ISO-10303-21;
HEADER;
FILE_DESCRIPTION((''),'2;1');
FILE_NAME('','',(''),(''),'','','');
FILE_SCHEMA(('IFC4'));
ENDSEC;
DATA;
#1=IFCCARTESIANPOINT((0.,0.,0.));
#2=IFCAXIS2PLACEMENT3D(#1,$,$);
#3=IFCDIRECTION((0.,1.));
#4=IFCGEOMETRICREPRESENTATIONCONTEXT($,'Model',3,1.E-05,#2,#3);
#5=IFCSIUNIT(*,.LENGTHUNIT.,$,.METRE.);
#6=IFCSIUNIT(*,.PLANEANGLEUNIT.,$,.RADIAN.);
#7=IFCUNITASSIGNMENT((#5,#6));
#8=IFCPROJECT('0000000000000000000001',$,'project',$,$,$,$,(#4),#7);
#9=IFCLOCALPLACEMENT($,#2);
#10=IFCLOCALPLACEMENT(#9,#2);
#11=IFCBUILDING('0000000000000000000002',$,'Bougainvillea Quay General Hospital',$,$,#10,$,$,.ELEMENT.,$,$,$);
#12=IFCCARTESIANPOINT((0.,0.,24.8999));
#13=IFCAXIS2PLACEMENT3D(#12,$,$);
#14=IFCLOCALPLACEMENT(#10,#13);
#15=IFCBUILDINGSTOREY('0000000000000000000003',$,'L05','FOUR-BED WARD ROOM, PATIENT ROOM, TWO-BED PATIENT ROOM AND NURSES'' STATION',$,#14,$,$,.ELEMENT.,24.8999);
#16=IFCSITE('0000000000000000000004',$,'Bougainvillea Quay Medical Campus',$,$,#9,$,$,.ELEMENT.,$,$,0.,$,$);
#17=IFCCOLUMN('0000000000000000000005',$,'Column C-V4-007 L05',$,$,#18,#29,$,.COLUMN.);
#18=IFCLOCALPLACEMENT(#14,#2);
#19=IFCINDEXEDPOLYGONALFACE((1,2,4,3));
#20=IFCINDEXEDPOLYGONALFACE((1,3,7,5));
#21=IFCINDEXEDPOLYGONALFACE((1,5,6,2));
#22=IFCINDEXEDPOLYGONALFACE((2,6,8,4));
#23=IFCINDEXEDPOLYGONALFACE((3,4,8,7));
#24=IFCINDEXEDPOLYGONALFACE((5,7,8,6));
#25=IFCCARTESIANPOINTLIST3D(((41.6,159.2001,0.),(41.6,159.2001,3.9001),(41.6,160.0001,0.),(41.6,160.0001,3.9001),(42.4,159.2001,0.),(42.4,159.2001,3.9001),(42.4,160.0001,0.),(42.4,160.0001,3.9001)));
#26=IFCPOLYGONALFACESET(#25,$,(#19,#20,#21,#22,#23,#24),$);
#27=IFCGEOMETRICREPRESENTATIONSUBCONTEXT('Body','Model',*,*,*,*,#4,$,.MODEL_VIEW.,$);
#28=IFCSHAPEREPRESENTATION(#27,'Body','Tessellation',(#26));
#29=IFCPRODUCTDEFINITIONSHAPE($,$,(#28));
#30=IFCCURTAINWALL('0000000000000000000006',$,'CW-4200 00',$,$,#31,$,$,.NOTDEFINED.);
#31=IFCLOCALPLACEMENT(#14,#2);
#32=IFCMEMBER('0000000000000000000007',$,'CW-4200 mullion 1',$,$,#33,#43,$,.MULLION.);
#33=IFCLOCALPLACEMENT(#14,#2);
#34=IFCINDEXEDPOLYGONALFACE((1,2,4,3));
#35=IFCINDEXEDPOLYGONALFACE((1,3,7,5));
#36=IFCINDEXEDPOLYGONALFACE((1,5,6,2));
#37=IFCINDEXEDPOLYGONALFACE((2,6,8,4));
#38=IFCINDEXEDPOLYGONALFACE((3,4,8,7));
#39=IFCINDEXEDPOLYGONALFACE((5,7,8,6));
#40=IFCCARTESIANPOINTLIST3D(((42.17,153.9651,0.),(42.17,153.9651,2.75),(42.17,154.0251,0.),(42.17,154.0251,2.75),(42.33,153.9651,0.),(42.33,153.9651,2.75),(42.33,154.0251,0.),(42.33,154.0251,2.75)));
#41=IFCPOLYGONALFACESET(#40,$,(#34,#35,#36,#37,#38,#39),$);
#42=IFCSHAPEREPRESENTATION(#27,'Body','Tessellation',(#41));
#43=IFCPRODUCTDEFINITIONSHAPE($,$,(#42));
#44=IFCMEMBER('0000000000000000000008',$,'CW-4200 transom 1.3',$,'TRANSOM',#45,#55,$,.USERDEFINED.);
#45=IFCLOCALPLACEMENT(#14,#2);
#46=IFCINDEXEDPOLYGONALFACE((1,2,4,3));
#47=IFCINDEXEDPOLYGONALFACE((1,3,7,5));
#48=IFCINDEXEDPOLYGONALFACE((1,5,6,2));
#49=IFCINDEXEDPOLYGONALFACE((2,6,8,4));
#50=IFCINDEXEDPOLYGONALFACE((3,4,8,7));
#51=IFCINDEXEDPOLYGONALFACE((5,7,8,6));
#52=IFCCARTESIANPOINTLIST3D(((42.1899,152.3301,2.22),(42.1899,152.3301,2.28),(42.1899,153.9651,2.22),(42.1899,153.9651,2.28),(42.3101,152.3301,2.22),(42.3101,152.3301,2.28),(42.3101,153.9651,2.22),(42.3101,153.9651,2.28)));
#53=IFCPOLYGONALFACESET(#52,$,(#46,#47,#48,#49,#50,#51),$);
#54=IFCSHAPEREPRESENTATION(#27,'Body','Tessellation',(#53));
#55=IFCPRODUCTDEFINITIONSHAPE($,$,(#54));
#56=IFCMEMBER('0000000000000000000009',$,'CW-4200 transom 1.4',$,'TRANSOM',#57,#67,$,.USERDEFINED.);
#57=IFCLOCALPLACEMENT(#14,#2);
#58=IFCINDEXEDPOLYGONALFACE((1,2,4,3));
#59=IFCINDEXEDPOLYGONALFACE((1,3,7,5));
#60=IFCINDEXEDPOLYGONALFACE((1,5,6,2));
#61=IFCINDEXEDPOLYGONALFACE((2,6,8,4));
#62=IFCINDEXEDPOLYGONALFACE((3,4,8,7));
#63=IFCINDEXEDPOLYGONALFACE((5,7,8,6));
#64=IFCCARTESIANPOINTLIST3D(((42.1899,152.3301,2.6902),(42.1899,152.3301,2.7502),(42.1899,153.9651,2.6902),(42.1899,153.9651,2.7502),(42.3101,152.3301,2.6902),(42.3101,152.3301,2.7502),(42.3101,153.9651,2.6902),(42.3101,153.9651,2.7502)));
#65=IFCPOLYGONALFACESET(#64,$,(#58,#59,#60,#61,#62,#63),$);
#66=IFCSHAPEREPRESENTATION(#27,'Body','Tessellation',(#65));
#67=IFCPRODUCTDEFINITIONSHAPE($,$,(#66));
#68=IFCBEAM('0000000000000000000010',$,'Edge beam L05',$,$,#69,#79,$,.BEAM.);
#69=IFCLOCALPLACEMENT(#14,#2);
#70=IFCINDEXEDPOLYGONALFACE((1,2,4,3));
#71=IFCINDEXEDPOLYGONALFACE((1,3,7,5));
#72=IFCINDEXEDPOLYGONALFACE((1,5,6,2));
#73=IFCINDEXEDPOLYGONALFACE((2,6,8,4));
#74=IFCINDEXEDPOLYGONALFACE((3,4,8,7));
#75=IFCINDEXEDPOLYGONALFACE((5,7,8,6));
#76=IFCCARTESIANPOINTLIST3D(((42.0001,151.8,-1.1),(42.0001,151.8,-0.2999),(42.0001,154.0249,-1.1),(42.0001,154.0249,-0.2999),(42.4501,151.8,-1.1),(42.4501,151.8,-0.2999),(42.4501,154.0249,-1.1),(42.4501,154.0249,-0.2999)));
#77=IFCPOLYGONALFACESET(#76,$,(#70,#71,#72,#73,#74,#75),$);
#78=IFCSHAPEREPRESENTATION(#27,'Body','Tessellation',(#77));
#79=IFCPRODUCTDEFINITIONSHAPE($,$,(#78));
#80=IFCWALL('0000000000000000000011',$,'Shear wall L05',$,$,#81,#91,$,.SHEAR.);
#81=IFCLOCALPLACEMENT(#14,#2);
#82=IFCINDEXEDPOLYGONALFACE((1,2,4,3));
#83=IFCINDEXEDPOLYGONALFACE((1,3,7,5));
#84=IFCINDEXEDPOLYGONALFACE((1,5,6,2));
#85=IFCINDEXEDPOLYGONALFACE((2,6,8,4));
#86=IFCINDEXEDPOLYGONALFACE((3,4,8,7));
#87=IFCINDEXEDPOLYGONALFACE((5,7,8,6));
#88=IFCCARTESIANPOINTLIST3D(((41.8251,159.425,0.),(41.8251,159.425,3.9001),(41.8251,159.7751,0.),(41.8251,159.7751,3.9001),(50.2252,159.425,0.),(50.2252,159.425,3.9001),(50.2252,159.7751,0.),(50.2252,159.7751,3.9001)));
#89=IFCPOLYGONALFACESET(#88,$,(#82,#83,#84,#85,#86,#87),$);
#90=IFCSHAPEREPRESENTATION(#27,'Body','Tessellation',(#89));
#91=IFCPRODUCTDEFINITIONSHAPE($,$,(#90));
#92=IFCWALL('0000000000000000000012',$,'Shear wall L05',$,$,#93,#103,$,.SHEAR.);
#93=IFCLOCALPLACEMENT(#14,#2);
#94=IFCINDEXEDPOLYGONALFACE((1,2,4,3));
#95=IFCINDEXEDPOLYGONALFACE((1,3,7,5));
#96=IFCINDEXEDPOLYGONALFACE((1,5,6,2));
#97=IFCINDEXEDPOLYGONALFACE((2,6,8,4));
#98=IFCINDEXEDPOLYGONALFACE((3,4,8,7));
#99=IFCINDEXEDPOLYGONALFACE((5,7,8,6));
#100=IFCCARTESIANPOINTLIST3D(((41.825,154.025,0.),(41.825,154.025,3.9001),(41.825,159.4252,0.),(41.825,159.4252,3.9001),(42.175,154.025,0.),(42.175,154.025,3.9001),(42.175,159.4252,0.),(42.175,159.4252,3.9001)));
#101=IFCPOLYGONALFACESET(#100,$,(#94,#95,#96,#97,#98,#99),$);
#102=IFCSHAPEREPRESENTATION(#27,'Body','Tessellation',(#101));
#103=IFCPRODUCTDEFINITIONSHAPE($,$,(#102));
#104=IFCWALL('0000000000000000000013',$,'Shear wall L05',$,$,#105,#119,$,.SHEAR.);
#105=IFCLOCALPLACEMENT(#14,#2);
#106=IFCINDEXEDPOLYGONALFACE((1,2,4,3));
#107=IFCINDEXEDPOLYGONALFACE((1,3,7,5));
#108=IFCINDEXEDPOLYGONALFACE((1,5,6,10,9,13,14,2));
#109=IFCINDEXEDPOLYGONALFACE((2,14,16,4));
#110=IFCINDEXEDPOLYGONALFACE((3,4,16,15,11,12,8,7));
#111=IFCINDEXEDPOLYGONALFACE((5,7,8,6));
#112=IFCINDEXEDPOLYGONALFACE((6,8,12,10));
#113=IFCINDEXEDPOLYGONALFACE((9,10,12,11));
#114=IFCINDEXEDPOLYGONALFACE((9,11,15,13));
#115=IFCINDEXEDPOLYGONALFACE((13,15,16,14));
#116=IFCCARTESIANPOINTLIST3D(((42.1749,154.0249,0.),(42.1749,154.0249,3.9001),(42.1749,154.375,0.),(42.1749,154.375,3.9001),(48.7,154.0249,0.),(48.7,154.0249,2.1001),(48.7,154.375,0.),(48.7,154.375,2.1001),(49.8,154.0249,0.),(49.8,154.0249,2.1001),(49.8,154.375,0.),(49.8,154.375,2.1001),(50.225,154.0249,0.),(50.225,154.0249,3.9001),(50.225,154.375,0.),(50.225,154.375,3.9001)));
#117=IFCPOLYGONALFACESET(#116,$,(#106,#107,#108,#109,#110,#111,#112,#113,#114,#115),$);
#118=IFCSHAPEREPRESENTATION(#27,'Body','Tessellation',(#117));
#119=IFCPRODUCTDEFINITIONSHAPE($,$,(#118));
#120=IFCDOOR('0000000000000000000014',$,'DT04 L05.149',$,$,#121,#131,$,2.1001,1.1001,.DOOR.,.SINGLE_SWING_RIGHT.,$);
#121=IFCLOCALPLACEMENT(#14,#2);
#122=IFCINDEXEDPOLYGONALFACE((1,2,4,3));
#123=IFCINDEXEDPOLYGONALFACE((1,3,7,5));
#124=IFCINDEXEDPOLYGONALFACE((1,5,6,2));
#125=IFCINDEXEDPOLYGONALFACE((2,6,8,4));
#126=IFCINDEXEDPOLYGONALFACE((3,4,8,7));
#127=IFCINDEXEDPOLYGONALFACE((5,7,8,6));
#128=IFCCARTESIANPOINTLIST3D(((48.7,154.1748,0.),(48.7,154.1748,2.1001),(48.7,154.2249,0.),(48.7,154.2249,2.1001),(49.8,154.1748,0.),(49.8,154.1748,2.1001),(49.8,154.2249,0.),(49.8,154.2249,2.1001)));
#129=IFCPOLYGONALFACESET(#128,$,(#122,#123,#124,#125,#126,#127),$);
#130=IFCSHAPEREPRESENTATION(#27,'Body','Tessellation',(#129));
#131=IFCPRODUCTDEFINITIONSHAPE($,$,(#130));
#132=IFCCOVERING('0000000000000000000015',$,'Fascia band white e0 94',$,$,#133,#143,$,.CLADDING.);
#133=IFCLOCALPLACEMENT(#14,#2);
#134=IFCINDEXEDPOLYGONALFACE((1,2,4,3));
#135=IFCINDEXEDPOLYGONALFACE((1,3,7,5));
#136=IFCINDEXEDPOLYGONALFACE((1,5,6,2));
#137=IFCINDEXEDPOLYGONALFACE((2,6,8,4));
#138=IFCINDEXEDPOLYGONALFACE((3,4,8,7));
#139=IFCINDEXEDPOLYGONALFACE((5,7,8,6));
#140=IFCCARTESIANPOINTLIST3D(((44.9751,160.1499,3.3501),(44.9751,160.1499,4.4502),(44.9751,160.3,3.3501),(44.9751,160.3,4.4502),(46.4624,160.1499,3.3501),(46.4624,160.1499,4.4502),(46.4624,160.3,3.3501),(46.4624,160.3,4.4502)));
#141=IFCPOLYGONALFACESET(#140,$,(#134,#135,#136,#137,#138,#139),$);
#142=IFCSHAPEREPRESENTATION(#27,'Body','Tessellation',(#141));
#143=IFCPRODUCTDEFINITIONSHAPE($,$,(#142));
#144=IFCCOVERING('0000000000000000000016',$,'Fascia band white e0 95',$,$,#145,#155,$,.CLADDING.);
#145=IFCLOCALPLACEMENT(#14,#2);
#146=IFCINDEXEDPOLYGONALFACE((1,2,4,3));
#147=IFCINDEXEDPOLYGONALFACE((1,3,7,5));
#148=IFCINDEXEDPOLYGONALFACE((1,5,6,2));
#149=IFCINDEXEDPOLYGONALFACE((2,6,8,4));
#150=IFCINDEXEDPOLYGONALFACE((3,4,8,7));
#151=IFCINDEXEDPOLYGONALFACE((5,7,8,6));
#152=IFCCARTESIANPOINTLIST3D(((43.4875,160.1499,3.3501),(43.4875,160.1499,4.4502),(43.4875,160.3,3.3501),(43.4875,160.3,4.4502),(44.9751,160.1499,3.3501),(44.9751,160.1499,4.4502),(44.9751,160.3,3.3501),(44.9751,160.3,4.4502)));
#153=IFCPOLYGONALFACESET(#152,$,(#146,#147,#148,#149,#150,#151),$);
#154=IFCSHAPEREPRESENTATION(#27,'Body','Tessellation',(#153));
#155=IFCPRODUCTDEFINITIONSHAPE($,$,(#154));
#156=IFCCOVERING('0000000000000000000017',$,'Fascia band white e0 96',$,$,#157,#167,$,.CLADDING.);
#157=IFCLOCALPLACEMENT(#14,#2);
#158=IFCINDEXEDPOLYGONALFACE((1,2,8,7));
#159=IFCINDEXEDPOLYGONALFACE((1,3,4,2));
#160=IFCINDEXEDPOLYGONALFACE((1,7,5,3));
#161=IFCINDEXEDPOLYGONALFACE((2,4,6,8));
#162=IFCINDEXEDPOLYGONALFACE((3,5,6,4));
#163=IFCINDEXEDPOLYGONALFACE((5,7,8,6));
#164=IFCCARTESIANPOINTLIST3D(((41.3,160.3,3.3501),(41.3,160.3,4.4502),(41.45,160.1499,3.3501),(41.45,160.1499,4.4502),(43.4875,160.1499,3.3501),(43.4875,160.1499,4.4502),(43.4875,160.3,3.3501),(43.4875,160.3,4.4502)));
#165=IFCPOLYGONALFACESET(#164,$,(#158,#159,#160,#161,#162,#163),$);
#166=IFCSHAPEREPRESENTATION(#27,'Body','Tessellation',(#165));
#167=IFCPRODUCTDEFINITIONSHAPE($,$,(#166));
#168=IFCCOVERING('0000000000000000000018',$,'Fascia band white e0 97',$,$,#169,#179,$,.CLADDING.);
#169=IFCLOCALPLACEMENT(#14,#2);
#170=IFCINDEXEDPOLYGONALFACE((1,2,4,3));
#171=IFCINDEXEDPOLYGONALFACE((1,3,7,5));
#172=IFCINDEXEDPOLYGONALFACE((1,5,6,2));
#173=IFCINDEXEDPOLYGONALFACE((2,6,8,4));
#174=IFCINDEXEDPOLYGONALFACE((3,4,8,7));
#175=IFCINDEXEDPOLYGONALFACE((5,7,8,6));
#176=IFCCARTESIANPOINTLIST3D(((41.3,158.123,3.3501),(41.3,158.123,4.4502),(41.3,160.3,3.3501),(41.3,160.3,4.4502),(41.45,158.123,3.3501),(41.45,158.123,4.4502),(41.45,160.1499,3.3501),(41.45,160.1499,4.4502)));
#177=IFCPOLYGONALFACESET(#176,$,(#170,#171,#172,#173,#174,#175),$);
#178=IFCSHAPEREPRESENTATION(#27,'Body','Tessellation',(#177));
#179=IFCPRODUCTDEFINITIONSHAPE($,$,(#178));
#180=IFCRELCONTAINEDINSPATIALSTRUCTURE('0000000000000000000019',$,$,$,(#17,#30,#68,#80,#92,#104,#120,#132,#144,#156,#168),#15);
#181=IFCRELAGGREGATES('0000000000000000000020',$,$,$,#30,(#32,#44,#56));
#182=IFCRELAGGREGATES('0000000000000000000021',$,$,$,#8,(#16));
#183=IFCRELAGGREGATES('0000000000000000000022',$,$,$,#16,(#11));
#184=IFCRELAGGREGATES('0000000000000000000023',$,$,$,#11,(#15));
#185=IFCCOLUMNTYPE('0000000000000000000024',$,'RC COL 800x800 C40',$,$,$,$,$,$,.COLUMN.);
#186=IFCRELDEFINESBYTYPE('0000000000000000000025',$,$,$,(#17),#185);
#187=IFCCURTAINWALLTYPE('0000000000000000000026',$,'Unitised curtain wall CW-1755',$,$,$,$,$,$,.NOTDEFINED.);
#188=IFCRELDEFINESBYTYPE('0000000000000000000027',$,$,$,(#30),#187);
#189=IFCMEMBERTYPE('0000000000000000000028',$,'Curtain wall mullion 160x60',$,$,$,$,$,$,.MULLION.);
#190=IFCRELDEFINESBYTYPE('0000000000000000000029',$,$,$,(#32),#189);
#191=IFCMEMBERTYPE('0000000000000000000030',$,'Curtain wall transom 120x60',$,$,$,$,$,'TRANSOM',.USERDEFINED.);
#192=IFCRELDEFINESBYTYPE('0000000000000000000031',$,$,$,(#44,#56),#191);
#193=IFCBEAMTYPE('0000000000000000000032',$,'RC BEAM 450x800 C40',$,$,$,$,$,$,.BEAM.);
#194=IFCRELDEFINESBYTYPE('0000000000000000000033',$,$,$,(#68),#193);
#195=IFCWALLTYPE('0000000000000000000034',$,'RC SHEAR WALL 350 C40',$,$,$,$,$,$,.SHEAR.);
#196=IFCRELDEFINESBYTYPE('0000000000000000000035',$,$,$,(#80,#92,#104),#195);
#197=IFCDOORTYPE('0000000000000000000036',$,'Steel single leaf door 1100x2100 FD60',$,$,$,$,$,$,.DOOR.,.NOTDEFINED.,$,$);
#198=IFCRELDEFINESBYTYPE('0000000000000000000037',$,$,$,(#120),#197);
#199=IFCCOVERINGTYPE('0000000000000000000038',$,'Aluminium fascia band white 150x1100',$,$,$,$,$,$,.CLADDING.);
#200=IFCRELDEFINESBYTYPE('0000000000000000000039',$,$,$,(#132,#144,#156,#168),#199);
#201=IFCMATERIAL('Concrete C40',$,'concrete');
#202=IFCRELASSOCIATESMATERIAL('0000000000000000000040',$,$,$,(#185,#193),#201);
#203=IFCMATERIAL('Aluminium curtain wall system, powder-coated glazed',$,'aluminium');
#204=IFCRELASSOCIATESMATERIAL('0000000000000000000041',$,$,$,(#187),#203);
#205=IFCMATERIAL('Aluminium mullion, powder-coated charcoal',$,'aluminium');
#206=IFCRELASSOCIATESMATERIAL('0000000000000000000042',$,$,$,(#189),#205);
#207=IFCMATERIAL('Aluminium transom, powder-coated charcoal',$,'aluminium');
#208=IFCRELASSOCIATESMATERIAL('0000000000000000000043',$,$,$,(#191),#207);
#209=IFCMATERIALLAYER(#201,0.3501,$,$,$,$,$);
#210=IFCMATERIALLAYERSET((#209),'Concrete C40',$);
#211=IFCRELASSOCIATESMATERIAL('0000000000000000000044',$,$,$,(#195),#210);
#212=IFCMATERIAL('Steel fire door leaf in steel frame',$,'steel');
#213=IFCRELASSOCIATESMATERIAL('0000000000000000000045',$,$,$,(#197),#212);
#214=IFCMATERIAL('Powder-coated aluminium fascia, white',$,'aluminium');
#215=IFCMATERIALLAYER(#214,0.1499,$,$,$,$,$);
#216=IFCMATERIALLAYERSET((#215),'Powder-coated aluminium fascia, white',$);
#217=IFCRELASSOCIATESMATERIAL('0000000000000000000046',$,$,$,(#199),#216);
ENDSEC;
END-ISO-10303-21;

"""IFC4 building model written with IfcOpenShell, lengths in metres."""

from ifc_helpers import new_model, si_unit, direction, frame, frame_2d, origin, origin_2d, place, context, subcontext, project, spatial, polyline, rectangle, outline, extrude, material, layer, layer_set, material_profile, profile_set, type_object, element, fill, aggregate, save


model = new_model("IFC4")

# Units and contexts
model_context = context("Model", 3, precision=1e-05, world=origin(), true_north=direction((0.0, 1.0)))
body_context = subcontext(model_context, "Body", "Model", "MODEL_VIEW")
ifc_project = project(units=[si_unit("LENGTHUNIT", "METRE"), si_unit("PLANEANGLEUNIT", "RADIAN")], contexts=[model_context])

# Site, building, storey
site_placement = place(None, origin())
site = spatial("IfcSite", under=ifc_project, at=site_placement, Name="Bougainvillea Quay Medical Campus", CompositionType="ELEMENT", RefElevation=0.0)
building_placement = place(site_placement, origin())
building = spatial("IfcBuilding", under=site, at=building_placement, Name="Bougainvillea Quay General Hospital", CompositionType="ELEMENT")
storey_placement = place(building_placement, frame((0.0, 0.0, 24.8999)))
storey = spatial("IfcBuildingStorey", under=building, at=storey_placement, Name="L05", Description="FOUR-BED WARD ROOM, PATIENT ROOM, TWO-BED PATIENT ROOM AND NURSES' STATION", CompositionType="ELEMENT", Elevation=24.8999)

# Column
ifc_material_1 = material(Name="Concrete C40", Category="concrete")
ifc_material_profile_1 = material_profile(ifc_material_1, rectangle(XDim=0.8, YDim=0.8, at=origin_2d()))
ifc_profile_set_1 = profile_set([ifc_material_profile_1], Name="Concrete C40")
column_type = type_object("IfcColumnType", Name="RC COL 800x800 C40", PredefinedType="COLUMN", material=ifc_profile_set_1)
column_placement = place(storey_placement, frame((42.0, 159.6001, 0.0), z_axis=(0.0, 0.0, 1.0), x_axis=(1.0, 0.0, 0.0)))
element("IfcColumn", 1, at=column_placement, inside=storey, type_object=column_type, Name="Column C-V4-007 L05", PredefinedType="COLUMN", context=body_context, shape_type="SweptSolid", body=[
    extrude(rectangle(XDim=0.8, YDim=0.8, at=origin_2d()), origin(), (0.0, 0.0, 1.0), 3.9001),
])

# Curtain wall, members
ifc_material_2 = material(Name="Aluminium curtain wall system, powder-coated glazed", Category="aluminium")
curtain_wall_type = type_object("IfcCurtainWallType", Name="Unitised curtain wall CW-1755", PredefinedType="NOTDEFINED", material=ifc_material_2)
curtain_wall_placement = place(storey_placement, origin())
curtain_wall = element("IfcCurtainWall", 2, at=curtain_wall_placement, inside=storey, type_object=curtain_wall_type, Name="CW-4200 00", PredefinedType="NOTDEFINED")
ifc_material_3 = material(Name="Aluminium mullion, powder-coated charcoal", Category="aluminium")
ifc_material_profile_2 = material_profile(ifc_material_3, rectangle(XDim=0.1599, YDim=0.0601, at=origin_2d()))
ifc_profile_set_2 = profile_set([ifc_material_profile_2], Name="Aluminium mullion, powder-coated charcoal")
member_type_1 = type_object("IfcMemberType", Name="Curtain wall mullion 160x60", PredefinedType="MULLION", material=ifc_profile_set_2)
member_1_placement = place(storey_placement, frame((42.25, 153.9951, 0.0), z_axis=(0.0, 0.0, 1.0), x_axis=(1.0, 0.0, 0.0)))
member_1 = element("IfcMember", 3, at=member_1_placement, type_object=member_type_1, Name="CW-4200 mullion 1", PredefinedType="MULLION", context=body_context, shape_type="SweptSolid", body=[
    extrude(rectangle(XDim=0.1599, YDim=0.0601, at=origin_2d()), origin(), (0.0, 0.0, 1.0), 2.75),
])
ifc_material_4 = material(Name="Aluminium transom, powder-coated charcoal", Category="aluminium")
ifc_material_profile_3 = material_profile(ifc_material_4, rectangle(XDim=0.1201, YDim=0.0601, at=origin_2d()))
ifc_profile_set_3 = profile_set([ifc_material_profile_3], Name="Aluminium transom, powder-coated charcoal")
member_type_2 = type_object("IfcMemberType", Name="Curtain wall transom 120x60", ElementType="TRANSOM", PredefinedType="USERDEFINED", material=ifc_profile_set_3)
member_2_placement = place(storey_placement, frame((42.25, 153.9651, 2.25), z_axis=(0.0, -1.0, 0.0), x_axis=(1.0, 0.0, 0.0)))
member_2 = element("IfcMember", 4, at=member_2_placement, type_object=member_type_2, Name="CW-4200 transom 1.3", ObjectType="TRANSOM", PredefinedType="USERDEFINED", context=body_context, shape_type="SweptSolid", body=[
    extrude(rectangle(XDim=0.1201, YDim=0.0601, at=origin_2d()), origin(), (0.0, 0.0, 1.0), 1.635),
])
member_3_placement = place(storey_placement, frame((42.25, 153.9651, 2.7202), z_axis=(0.0, -1.0, 0.0), x_axis=(1.0, 0.0, 0.0)))
member_3 = element("IfcMember", 5, at=member_3_placement, type_object=member_type_2, Name="CW-4200 transom 1.4", ObjectType="TRANSOM", PredefinedType="USERDEFINED", context=body_context, shape_type="SweptSolid", body=[
    extrude(rectangle(XDim=0.1201, YDim=0.0601, at=origin_2d()), origin(), (0.0, 0.0, 1.0), 1.635),
])
aggregate(curtain_wall, [member_1, member_2, member_3])

# Beam
ifc_material_profile_4 = material_profile(ifc_material_1, rectangle(XDim=0.45, YDim=0.8, at=origin_2d()))
ifc_profile_set_4 = profile_set([ifc_material_profile_4], Name="Concrete C40")
beam_type = type_object("IfcBeamType", Name="RC BEAM 450x800 C40", PredefinedType="BEAM", material=ifc_profile_set_4)
beam_placement = place(storey_placement, frame((42.2251, 154.0249, -0.7), z_axis=(0.0, -1.0, 0.0), x_axis=(1.0, 0.0, 0.0)))
element("IfcBeam", 6, at=beam_placement, inside=storey, type_object=beam_type, Name="Edge beam L05", PredefinedType="BEAM", context=body_context, shape_type="SweptSolid", body=[
    extrude(rectangle(XDim=0.45, YDim=0.8, at=origin_2d()), origin(), (0.0, 0.0, 1.0), 2.2249),
])

# Walls
ifc_layer_1 = layer(ifc_material_1, 0.3501)
ifc_layer_set_1 = layer_set([ifc_layer_1], Name="Concrete C40")
wall_type = type_object("IfcWallType", Name="RC SHEAR WALL 350 C40", PredefinedType="SHEAR", material=ifc_layer_set_1)
wall_1_placement = place(storey_placement, frame((41.825, 159.6001, 0.0), z_axis=(0.0, 0.0, 1.0), x_axis=(1.0, 0.0, 0.0)))
element("IfcWall", 7, at=wall_1_placement, inside=storey, type_object=wall_type, Name="Shear wall L05", PredefinedType="SHEAR", context=body_context, shape_type="SweptSolid", body=[
    extrude(rectangle(XDim=8.4001, YDim=0.3501, at=frame_2d((4.2002, 0.0))), origin(), (0.0, 0.0, 1.0), 3.9001),
])
wall_2_placement = place(storey_placement, frame((42.0, 154.0249, 0.0), z_axis=(0.0, 0.0, 1.0), x_axis=(0.0, 1.0, 0.0)))
element("IfcWall", 8, at=wall_2_placement, inside=storey, type_object=wall_type, Name="Shear wall L05", PredefinedType="SHEAR", context=body_context, shape_type="SweptSolid", body=[
    extrude(rectangle(XDim=5.4001, YDim=0.3501, at=frame_2d((2.7002, 0.0))), origin(), (0.0, 0.0, 1.0), 3.9001),
])

# Wall, opening, door
wall_3_placement = place(storey_placement, frame((42.175, 154.2, 0.0), z_axis=(0.0, 0.0, 1.0), x_axis=(1.0, 0.0, 0.0)))
wall_3 = element("IfcWall", 9, at=wall_3_placement, inside=storey, type_object=wall_type, Name="Shear wall L05", PredefinedType="SHEAR", context=body_context, shape_type="SweptSolid", body=[
    extrude(rectangle(XDim=8.05, YDim=0.3501, at=frame_2d((4.0249, 0.0))), origin(), (0.0, 0.0, 1.0), 3.9001),
])
opening_placement = place(wall_3_placement, frame((6.5249, 0.0, 0.0)))
opening = element("IfcOpeningElement", 10, at=opening_placement, cuts=wall_3, PredefinedType="OPENING", context=body_context, shape_type="SweptSolid", body=[
    extrude(rectangle(XDim=1.1001, YDim=2.1001, at=frame_2d((0.55, 1.05))), frame((0.0, 0.1851, 0.0), z_axis=(0.0, -1.0, 0.0), x_axis=(1.0, 0.0, 0.0)), (0.0, 0.0, 1.0), 0.3701),
])
ifc_material_5 = material(Name="Steel fire door leaf in steel frame", Category="steel")
door_type = type_object("IfcDoorType", Name="Steel single leaf door 1100x2100 FD60", OperationType="NOTDEFINED", PredefinedType="DOOR", material=ifc_material_5)
door_placement = place(opening_placement, origin())
door = element("IfcDoor", 11, at=door_placement, inside=storey, type_object=door_type, Name="DT04 L05.149", OperationType="SINGLE_SWING_RIGHT", OverallHeight=2.1001, OverallWidth=1.1001, PredefinedType="DOOR", context=body_context, shape_type="SweptSolid", body=[
    extrude(rectangle(XDim=1.1001, YDim=2.1001, at=frame_2d((0.55, 1.05))), frame((0.0, 0.0249, 0.0), z_axis=(0.0, -1.0, 0.0), x_axis=(1.0, 0.0, 0.0)), (0.0, 0.0, 1.0), 0.05),
])
fill(opening, door)

# Coverings
ifc_material_6 = material(Name="Powder-coated aluminium fascia, white", Category="aluminium")
ifc_layer_2 = layer(ifc_material_6, 0.1499)
ifc_layer_set_2 = layer_set([ifc_layer_2], Name="Powder-coated aluminium fascia, white")
covering_type = type_object("IfcCoveringType", Name="Aluminium fascia band white 150x1100", PredefinedType="CLADDING", material=ifc_layer_set_2)
covering_1_placement = place(storey_placement, frame((46.4624, 160.1499, 3.3501), z_axis=(0.0, 0.0, 1.0), x_axis=(-1.0, 0.0, 0.0)))
element("IfcCovering", 12, at=covering_1_placement, inside=storey, type_object=covering_type, Name="Fascia band white e0 94", PredefinedType="CLADDING", context=body_context, shape_type="SweptSolid", body=[
    extrude(outline(polyline([(0.0, 0.0), (1.4873, 0.0), (1.4873, -0.1501), (0.0, -0.1501), (0.0, 0.0)])), origin(), (0.0, 0.0, 1.0), 1.1001),
])
covering_2_placement = place(storey_placement, frame((44.9751, 160.1499, 3.3501), z_axis=(0.0, 0.0, 1.0), x_axis=(-1.0, 0.0, 0.0)))
element("IfcCovering", 13, at=covering_2_placement, inside=storey, type_object=covering_type, Name="Fascia band white e0 95", PredefinedType="CLADDING", context=body_context, shape_type="SweptSolid", body=[
    extrude(outline(polyline([(0.0, 0.0), (1.4875, 0.0), (1.4875, -0.1501), (0.0, -0.1501), (0.0, 0.0)])), origin(), (0.0, 0.0, 1.0), 1.1001),
])
covering_3_placement = place(storey_placement, frame((43.4875, 160.1499, 3.3501), z_axis=(0.0, 0.0, 1.0), x_axis=(-1.0, 0.0, 0.0)))
element("IfcCovering", 14, at=covering_3_placement, inside=storey, type_object=covering_type, Name="Fascia band white e0 96", PredefinedType="CLADDING", context=body_context, shape_type="SweptSolid", body=[
    extrude(outline(polyline([(0.0, 0.0), (2.0376, 0.0), (2.1875, -0.1501), (0.0, -0.1501), (0.0, 0.0)])), origin(), (0.0, 0.0, 1.0), 1.1001),
])
covering_4_placement = place(storey_placement, frame((41.45, 160.1499, 3.3501), z_axis=(0.0, 0.0, 1.0), x_axis=(0.0, -1.0, 0.0)))
element("IfcCovering", 15, at=covering_4_placement, inside=storey, type_object=covering_type, Name="Fascia band white e0 97", PredefinedType="CLADDING", context=body_context, shape_type="SweptSolid", body=[
    extrude(outline(polyline([(0.0, 0.0), (2.0269, 0.0), (2.0269, -0.1499), (-0.1501, -0.1499), (0.0, 0.0)])), origin(), (0.0, 0.0, 1.0), 1.1001),
])

save(model, "model.ifc")
